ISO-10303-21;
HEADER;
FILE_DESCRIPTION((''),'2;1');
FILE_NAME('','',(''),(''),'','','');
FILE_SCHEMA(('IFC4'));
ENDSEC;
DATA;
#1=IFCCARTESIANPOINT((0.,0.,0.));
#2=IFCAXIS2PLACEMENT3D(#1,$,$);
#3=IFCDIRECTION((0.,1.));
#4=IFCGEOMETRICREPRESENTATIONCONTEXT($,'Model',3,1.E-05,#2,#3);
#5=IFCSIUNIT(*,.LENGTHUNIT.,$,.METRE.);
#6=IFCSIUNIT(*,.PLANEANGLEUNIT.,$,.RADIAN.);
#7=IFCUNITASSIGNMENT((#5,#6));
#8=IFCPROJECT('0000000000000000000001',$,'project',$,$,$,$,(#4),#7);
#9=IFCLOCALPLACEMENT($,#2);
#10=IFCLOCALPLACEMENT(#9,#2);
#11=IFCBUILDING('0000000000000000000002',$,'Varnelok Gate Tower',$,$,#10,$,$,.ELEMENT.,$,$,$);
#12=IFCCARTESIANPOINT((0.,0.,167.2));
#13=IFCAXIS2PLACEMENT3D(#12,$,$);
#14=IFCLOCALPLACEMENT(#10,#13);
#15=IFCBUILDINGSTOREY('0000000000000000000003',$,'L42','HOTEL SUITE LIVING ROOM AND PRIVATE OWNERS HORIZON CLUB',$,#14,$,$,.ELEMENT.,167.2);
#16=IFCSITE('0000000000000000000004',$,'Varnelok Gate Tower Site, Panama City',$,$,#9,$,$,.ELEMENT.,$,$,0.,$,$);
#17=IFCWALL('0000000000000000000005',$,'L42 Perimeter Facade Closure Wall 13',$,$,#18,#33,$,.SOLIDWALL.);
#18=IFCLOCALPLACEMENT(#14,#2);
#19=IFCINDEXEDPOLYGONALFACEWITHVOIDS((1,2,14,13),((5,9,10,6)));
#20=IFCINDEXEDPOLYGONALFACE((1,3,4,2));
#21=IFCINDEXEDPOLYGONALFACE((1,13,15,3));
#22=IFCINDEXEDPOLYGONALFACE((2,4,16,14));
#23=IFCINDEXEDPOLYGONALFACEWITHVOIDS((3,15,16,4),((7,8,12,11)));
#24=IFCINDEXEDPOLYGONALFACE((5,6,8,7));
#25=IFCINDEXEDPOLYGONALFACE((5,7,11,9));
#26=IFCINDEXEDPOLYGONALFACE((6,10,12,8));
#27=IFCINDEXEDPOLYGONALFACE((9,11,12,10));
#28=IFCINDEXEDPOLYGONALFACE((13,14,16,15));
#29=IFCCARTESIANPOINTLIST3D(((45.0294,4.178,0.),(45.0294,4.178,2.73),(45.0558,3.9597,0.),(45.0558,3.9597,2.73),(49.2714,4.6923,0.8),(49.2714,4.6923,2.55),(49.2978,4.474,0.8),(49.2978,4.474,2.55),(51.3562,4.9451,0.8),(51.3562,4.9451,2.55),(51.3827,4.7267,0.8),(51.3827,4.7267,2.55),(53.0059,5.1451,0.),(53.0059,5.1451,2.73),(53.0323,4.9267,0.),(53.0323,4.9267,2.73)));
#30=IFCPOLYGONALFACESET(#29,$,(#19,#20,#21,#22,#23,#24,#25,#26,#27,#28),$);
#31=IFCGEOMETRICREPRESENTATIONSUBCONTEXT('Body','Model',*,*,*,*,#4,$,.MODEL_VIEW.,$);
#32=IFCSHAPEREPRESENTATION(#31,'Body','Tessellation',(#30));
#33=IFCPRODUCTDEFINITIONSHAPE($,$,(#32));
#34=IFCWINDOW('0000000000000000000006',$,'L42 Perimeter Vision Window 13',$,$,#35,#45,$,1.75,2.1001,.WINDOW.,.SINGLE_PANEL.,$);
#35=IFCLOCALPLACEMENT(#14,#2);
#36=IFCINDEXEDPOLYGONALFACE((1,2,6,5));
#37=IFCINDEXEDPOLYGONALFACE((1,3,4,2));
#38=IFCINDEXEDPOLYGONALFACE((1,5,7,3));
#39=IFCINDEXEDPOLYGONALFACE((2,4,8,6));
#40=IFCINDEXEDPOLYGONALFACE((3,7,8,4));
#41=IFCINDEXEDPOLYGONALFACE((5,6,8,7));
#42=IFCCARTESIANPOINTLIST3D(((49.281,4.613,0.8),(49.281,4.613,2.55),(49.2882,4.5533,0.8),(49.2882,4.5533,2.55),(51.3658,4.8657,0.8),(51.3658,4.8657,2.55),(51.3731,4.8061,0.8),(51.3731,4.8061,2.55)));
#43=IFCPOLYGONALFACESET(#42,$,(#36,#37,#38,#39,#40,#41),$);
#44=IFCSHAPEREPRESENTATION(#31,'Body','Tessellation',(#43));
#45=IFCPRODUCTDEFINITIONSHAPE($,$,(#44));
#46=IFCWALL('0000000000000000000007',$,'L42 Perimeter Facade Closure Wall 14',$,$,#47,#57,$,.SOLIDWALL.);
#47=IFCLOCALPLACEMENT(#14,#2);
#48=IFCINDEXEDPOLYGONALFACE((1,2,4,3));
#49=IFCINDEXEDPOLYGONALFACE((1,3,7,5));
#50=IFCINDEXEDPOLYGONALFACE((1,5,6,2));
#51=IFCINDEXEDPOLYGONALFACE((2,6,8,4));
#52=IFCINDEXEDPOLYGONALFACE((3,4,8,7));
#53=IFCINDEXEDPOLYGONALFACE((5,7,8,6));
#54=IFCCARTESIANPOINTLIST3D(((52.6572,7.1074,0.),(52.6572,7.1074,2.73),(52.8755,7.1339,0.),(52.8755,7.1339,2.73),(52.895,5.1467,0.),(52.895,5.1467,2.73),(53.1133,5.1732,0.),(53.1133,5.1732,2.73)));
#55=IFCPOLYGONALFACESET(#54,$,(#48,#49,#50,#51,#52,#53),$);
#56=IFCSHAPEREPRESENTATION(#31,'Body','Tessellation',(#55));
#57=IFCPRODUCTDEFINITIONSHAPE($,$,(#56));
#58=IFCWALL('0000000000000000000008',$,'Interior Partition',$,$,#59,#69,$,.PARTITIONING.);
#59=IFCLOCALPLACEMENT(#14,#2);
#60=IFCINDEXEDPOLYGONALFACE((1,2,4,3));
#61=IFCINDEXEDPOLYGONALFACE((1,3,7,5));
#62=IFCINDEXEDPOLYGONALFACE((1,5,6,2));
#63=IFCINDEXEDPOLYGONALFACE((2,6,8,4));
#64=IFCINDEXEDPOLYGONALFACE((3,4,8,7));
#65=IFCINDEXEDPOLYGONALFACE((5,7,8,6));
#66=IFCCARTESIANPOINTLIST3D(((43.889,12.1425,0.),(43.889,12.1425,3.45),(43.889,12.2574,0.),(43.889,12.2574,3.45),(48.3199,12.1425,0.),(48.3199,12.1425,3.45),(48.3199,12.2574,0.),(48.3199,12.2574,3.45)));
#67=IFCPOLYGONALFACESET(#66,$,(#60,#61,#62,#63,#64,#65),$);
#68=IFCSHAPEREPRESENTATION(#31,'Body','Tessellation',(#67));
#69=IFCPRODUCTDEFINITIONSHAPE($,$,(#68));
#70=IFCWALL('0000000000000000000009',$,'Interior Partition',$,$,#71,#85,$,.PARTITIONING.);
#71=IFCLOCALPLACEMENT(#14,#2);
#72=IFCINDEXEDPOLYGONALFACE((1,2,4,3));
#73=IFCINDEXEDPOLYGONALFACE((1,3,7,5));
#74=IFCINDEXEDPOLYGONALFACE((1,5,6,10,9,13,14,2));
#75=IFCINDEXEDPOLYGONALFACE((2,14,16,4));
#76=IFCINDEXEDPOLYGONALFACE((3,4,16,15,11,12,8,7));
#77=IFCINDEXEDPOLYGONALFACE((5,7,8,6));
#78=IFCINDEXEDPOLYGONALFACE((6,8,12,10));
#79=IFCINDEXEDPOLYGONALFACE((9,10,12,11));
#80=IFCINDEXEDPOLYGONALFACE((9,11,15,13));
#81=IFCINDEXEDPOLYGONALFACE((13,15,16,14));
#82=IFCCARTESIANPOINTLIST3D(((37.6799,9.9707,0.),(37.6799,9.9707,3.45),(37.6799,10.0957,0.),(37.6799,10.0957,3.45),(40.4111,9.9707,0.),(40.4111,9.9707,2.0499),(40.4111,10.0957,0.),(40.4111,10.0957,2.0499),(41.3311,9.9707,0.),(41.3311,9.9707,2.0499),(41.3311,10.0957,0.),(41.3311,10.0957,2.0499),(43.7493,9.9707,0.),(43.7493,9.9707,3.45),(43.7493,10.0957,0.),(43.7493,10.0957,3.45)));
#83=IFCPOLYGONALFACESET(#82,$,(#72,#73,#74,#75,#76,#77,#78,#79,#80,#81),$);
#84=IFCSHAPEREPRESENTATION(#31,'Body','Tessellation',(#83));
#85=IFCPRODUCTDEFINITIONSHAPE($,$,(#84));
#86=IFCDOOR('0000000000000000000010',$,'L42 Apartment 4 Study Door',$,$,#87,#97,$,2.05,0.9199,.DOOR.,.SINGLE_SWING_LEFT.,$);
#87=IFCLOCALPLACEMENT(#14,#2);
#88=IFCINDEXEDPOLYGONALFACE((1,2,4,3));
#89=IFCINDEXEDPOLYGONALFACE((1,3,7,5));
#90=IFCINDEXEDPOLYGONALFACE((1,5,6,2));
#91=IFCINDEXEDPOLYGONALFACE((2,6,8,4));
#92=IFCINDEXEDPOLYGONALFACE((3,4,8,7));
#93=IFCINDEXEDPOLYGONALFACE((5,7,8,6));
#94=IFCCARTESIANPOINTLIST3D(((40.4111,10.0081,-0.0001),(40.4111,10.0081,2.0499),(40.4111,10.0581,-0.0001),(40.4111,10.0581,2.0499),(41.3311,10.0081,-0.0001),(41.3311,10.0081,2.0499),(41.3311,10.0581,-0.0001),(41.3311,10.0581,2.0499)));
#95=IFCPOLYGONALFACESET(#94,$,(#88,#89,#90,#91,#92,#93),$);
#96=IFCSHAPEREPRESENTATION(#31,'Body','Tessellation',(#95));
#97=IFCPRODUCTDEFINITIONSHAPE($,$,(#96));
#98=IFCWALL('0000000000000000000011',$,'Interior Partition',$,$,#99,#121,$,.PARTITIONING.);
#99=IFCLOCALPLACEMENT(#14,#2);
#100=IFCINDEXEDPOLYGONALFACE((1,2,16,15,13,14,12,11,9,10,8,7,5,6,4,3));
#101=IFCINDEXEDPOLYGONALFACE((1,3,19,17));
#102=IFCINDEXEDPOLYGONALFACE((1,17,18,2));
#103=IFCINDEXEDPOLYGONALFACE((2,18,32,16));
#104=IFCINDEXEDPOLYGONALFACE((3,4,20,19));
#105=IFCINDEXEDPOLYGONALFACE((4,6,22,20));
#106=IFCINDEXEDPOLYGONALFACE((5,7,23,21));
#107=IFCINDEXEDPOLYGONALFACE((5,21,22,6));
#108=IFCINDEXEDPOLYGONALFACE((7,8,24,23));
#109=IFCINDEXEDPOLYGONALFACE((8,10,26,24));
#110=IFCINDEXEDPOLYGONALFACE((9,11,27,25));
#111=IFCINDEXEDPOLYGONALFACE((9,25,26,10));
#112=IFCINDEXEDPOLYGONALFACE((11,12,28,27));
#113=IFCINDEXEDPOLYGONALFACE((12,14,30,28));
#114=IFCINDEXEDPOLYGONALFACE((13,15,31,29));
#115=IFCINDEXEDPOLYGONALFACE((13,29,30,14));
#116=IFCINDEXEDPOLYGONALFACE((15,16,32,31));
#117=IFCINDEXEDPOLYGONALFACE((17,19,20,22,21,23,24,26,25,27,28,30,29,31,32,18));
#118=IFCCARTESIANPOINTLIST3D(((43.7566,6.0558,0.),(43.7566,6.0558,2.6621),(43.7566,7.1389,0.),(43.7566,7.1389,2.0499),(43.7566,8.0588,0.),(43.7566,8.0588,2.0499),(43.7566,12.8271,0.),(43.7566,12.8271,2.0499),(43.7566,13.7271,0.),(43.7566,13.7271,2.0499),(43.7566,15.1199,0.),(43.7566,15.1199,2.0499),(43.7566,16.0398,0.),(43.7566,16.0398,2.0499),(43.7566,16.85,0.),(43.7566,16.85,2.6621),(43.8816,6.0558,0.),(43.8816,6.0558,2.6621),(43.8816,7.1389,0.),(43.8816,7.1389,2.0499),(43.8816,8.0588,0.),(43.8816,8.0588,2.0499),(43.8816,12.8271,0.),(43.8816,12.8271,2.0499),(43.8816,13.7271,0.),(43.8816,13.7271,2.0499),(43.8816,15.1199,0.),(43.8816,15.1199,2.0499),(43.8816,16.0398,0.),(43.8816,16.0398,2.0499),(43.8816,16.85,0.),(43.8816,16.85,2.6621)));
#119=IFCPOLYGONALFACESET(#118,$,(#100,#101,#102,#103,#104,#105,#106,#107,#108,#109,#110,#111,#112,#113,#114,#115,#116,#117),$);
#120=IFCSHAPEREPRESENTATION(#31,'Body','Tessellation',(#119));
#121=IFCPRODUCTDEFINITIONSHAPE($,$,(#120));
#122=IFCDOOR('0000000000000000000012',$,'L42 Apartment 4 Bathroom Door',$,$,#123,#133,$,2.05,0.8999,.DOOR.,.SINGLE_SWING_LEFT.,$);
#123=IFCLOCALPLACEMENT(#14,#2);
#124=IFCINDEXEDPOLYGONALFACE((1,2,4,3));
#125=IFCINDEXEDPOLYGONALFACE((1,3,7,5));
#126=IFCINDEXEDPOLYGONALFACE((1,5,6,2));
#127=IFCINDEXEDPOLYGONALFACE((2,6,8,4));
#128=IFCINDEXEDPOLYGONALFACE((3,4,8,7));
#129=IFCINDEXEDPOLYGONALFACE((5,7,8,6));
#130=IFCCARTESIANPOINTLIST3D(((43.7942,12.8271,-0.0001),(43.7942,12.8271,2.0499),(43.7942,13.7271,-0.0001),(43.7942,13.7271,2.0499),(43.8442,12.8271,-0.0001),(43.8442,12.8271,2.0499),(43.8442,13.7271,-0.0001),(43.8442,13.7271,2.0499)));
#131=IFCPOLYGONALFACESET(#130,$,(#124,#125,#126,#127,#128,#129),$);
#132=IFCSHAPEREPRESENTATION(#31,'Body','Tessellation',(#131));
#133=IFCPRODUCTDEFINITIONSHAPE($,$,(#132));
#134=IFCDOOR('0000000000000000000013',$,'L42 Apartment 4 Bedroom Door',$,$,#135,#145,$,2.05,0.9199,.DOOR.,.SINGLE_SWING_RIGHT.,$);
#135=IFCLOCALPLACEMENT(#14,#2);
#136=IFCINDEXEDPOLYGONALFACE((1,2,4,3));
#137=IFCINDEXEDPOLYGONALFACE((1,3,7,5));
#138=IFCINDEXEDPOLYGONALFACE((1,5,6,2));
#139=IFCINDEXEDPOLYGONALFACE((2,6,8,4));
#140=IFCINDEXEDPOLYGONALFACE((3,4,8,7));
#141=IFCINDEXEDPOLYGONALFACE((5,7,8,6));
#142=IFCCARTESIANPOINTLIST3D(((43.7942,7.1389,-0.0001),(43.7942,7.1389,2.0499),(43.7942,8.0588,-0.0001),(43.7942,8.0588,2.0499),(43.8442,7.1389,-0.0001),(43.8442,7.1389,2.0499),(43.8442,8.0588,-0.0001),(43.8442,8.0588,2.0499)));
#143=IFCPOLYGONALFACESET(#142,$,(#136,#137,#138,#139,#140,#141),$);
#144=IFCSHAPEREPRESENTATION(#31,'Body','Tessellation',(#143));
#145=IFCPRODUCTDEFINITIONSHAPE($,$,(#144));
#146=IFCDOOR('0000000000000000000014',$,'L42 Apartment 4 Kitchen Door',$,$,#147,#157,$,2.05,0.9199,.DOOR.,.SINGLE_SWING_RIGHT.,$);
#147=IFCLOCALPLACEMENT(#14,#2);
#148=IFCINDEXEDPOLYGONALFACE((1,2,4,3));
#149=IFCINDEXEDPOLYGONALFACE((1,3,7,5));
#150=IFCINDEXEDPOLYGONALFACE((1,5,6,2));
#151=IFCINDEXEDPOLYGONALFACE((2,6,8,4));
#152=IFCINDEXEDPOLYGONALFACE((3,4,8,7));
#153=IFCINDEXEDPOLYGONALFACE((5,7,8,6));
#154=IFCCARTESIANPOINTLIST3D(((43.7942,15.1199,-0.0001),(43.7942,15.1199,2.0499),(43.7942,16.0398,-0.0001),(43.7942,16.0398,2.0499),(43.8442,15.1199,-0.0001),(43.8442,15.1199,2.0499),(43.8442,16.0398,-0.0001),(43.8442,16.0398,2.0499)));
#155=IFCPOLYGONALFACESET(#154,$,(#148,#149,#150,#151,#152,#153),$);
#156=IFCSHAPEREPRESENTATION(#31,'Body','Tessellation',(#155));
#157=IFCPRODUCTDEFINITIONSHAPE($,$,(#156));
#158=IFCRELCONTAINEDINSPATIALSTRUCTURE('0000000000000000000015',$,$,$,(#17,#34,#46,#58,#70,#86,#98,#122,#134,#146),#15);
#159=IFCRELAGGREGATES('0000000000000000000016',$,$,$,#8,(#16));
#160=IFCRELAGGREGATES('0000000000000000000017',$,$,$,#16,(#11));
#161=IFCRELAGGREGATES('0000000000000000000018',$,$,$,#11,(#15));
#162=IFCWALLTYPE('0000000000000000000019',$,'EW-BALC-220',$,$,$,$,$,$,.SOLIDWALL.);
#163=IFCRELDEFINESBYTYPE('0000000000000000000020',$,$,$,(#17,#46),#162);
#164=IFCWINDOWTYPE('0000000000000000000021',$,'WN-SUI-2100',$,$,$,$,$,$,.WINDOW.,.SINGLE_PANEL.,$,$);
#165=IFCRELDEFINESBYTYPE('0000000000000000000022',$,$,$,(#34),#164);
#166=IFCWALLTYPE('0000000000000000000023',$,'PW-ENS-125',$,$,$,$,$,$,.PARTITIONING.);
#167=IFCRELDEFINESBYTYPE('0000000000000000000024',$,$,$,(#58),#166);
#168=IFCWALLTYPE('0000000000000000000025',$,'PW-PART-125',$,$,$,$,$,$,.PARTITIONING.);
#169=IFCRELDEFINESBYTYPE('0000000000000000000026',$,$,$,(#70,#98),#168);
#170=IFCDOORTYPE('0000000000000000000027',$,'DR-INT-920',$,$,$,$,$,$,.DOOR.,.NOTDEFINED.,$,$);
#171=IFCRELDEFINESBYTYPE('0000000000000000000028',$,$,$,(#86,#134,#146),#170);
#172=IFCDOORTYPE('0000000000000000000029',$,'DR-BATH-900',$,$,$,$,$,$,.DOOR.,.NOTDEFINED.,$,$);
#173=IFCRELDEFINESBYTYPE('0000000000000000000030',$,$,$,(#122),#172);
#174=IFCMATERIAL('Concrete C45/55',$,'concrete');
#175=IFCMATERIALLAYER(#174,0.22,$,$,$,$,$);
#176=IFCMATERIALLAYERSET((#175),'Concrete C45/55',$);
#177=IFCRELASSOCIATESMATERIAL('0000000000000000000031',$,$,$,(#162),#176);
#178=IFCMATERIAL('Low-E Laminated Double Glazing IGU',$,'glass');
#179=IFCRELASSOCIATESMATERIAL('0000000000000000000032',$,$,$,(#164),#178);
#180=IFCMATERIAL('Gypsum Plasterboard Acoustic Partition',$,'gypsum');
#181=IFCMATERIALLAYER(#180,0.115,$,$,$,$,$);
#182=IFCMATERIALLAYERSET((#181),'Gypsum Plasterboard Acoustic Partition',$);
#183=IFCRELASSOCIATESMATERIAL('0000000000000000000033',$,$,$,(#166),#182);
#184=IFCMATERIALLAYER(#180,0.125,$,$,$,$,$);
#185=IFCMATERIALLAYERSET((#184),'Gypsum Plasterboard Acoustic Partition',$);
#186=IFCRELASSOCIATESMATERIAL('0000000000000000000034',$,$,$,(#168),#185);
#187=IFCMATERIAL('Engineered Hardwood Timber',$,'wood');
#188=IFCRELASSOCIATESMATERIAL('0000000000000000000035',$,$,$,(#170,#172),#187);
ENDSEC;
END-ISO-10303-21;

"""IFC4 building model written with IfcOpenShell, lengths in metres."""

from ifc_helpers import new_model, si_unit, direction, frame, frame_2d, origin, place, context, subcontext, project, spatial, rectangle, extrude, material, layer, layer_set, type_object, element, fill, save


model = new_model("IFC4")

# Units and contexts
model_context = context("Model", 3, precision=1e-05, world=origin(), true_north=direction((0.0, 1.0)))
body_context = subcontext(model_context, "Body", "Model", "MODEL_VIEW")
ifc_project = project(units=[si_unit("LENGTHUNIT", "METRE"), si_unit("PLANEANGLEUNIT", "RADIAN")], contexts=[model_context])

# Site, building, storey
site_placement = place(None, origin())
site = spatial("IfcSite", under=ifc_project, at=site_placement, Name="Varnelok Gate Tower Site, Panama City", CompositionType="ELEMENT", RefElevation=0.0)
building_placement = place(site_placement, origin())
building = spatial("IfcBuilding", under=site, at=building_placement, Name="Varnelok Gate Tower", CompositionType="ELEMENT")
storey_placement = place(building_placement, frame((0.0, 0.0, 167.2)))
storey = spatial("IfcBuildingStorey", under=building, at=storey_placement, Name="L42", Description="HOTEL SUITE LIVING ROOM AND PRIVATE OWNERS HORIZON CLUB", CompositionType="ELEMENT", Elevation=167.2)

# Shared definitions
ifc_material_1 = material(Name="Concrete C45/55", Category="concrete")
ifc_layer_1 = layer(ifc_material_1, 0.22)
ifc_layer_set_1 = layer_set([ifc_layer_1], Name="Concrete C45/55")
wall_type_1 = type_object("IfcWallType", Name="EW-BALC-220", PredefinedType="SOLIDWALL", material=ifc_layer_set_1)

# Wall, opening, window
ifc_material_2 = material(Name="Low-E Laminated Double Glazing IGU", Category="glass")
wall_1_placement = place(storey_placement, frame((45.0425, 4.0688, 0.0), z_axis=(0.0, 0.0, 1.0), x_axis=(0.992731, 0.120354, 0.0)))
wall_1 = element("IfcWall", 1, at=wall_1_placement, inside=storey, type_object=wall_type_1, Name="L42 Perimeter Facade Closure Wall 13", PredefinedType="SOLIDWALL", context=body_context, shape_type="SweptSolid", body=[
    extrude(rectangle(XDim=8.0349, YDim=0.22, at=frame_2d((4.0176, 0.0))), origin(), (0.0, 0.0, 1.0), 2.73),
])
opening_1_placement = place(wall_1_placement, frame((4.2732, 0.0, 0.8)))
opening_1 = element("IfcOpeningElement", 2, at=opening_1_placement, cuts=wall_1, PredefinedType="OPENING", context=body_context, shape_type="SweptSolid", body=[
    extrude(rectangle(XDim=2.1001, YDim=1.75, at=frame_2d((1.05, 0.875))), frame((0.0, 0.1199, 0.0), z_axis=(0.0, -1.0, 0.0), x_axis=(1.0, 0.0, 0.0)), (0.0, 0.0, 1.0), 0.24),
])
window_type_1 = type_object("IfcWindowType", Name="WN-SUI-2100", PartitioningType="SINGLE_PANEL", PredefinedType="WINDOW", material=ifc_material_2)
window_1_placement = place(opening_1_placement, origin())
window_1 = element("IfcWindow", 3, at=window_1_placement, inside=storey, type_object=window_type_1, Name="L42 Perimeter Vision Window 13", OverallHeight=1.75, OverallWidth=2.1001, PartitioningType="SINGLE_PANEL", PredefinedType="WINDOW", context=body_context, shape_type="SweptSolid", body=[
    extrude(rectangle(XDim=2.1001, YDim=1.75, at=frame_2d((1.05, 0.875))), frame((0.0, 0.03, 0.0), z_axis=(0.0, -1.0, 0.0), x_axis=(1.0, 0.0, 0.0)), (0.0, 0.0, 1.0), 0.0601),
])
fill(opening_1, window_1)

# Walls
wall_2_placement = place(storey_placement, frame((53.0042, 5.1599, 0.0), z_axis=(0.0, 0.0, 1.0), x_axis=(-0.120398, 0.992726, 0.0)))
element("IfcWall", 4, at=wall_2_placement, inside=storey, type_object=wall_type_1, Name="L42 Perimeter Facade Closure Wall 14", PredefinedType="SOLIDWALL", context=body_context, shape_type="SweptSolid", body=[
    extrude(rectangle(XDim=1.9751, YDim=0.22, at=frame_2d((0.9875, 0.0))), origin(), (0.0, 0.0, 1.0), 2.73),
])
ifc_material_3 = material(Name="Gypsum Plasterboard Acoustic Partition", Category="gypsum")
ifc_layer_2 = layer(ifc_material_3, 0.115)
ifc_layer_set_2 = layer_set([ifc_layer_2], Name="Gypsum Plasterboard Acoustic Partition")
wall_type_2 = type_object("IfcWallType", Name="PW-ENS-125", PredefinedType="PARTITIONING", material=ifc_layer_set_2)
wall_3_placement = place(storey_placement, frame((43.8892, 12.2, 0.0), z_axis=(0.0, 0.0, 1.0), x_axis=(1.0, 0.0, 0.0)))
element("IfcWall", 5, at=wall_3_placement, inside=storey, type_object=wall_type_2, Name="Interior Partition", PredefinedType="PARTITIONING", context=body_context, shape_type="SweptSolid", body=[
    extrude(rectangle(XDim=4.4309, YDim=0.115, at=frame_2d((2.2153, 0.0))), origin(), (0.0, 0.0, 1.0), 3.45),
])

# Wall, opening, door
ifc_layer_3 = layer(ifc_material_3, 0.125)
ifc_layer_set_3 = layer_set([ifc_layer_3], Name="Gypsum Plasterboard Acoustic Partition")
wall_type_3 = type_object("IfcWallType", Name="PW-PART-125", PredefinedType="PARTITIONING", material=ifc_layer_set_3)
wall_4_placement = place(storey_placement, frame((37.6799, 10.0332, 0.0), z_axis=(0.0, 0.0, 1.0), x_axis=(1.0, 0.0, 0.0)))
wall_4 = element("IfcWall", 6, at=wall_4_placement, inside=storey, type_object=wall_type_3, Name="Interior Partition", PredefinedType="PARTITIONING", context=body_context, shape_type="SweptSolid", body=[
    extrude(rectangle(XDim=6.0693, YDim=0.125, at=frame_2d((3.0347, 0.0))), origin(), (0.0, 0.0, 1.0), 3.45),
])
opening_2_placement = place(wall_4_placement, frame((2.7312, 0.0, 0.0)))
opening_2 = element("IfcOpeningElement", 7, at=opening_2_placement, cuts=wall_4, PredefinedType="OPENING", context=body_context, shape_type="SweptSolid", body=[
    extrude(rectangle(XDim=0.9199, YDim=2.05, at=frame_2d((0.46, 1.0249))), frame((0.0, 0.0725, 0.0), z_axis=(0.0, -1.0, 0.0), x_axis=(1.0, 0.0, 0.0)), (0.0, 0.0, 1.0), 0.145),
])
ifc_material_4 = material(Name="Engineered Hardwood Timber", Category="wood")
door_type_1 = type_object("IfcDoorType", Name="DR-INT-920", OperationType="NOTDEFINED", PredefinedType="DOOR", material=ifc_material_4)
door_1_placement = place(opening_2_placement, origin())
door_1 = element("IfcDoor", 8, at=door_1_placement, inside=storey, type_object=door_type_1, Name="L42 Apartment 4 Study Door", OperationType="SINGLE_SWING_LEFT", OverallHeight=2.05, OverallWidth=0.9199, PredefinedType="DOOR", context=body_context, shape_type="SweptSolid", body=[
    extrude(rectangle(XDim=0.9199, YDim=2.05, at=frame_2d((0.46, 1.0249))), frame((0.0, 0.0249, 0.0), z_axis=(0.0, -1.0, 0.0), x_axis=(1.0, 0.0, 0.0)), (0.0, 0.0, 1.0), 0.05),
])
fill(opening_2, door_1)

# Wall, openings, doors
wall_5_placement = place(storey_placement, frame((43.8191, 6.0559, 0.0), z_axis=(0.0, 0.0, 1.0), x_axis=(0.0, 1.0, 0.0)))
wall_5 = element("IfcWall", 9, at=wall_5_placement, inside=storey, type_object=wall_type_3, Name="Interior Partition", PredefinedType="PARTITIONING", context=body_context, shape_type="SweptSolid", body=[
    extrude(rectangle(XDim=10.7942, YDim=0.125, at=frame_2d((5.397, 0.0))), origin(), (0.0, 0.0, 1.0), 2.6621),
])
opening_3_placement = place(wall_5_placement, frame((1.083, 0.0, 0.0)))
opening_3 = element("IfcOpeningElement", 10, at=opening_3_placement, cuts=wall_5, PredefinedType="OPENING", context=body_context, shape_type="SweptSolid", body=[
    extrude(rectangle(XDim=0.9199, YDim=2.05, at=frame_2d((0.46, 1.0249))), frame((0.0, 0.0725, 0.0), z_axis=(0.0, -1.0, 0.0), x_axis=(1.0, 0.0, 0.0)), (0.0, 0.0, 1.0), 0.145),
])
opening_4_placement = place(wall_5_placement, frame((6.7712, 0.0, 0.0)))
opening_4 = element("IfcOpeningElement", 11, at=opening_4_placement, cuts=wall_5, PredefinedType="OPENING", context=body_context, shape_type="SweptSolid", body=[
    extrude(rectangle(XDim=0.8999, YDim=2.05, at=frame_2d((0.45, 1.0249))), frame((0.0, 0.0725, 0.0), z_axis=(0.0, -1.0, 0.0), x_axis=(1.0, 0.0, 0.0)), (0.0, 0.0, 1.0), 0.145),
])
opening_5_placement = place(wall_5_placement, frame((9.064, 0.0, 0.0)))
opening_5 = element("IfcOpeningElement", 12, at=opening_5_placement, cuts=wall_5, PredefinedType="OPENING", context=body_context, shape_type="SweptSolid", body=[
    extrude(rectangle(XDim=0.9199, YDim=2.05, at=frame_2d((0.46, 1.0249))), frame((0.0, 0.0725, 0.0), z_axis=(0.0, -1.0, 0.0), x_axis=(1.0, 0.0, 0.0)), (0.0, 0.0, 1.0), 0.145),
])
door_type_2 = type_object("IfcDoorType", Name="DR-BATH-900", OperationType="NOTDEFINED", PredefinedType="DOOR", material=ifc_material_4)
door_2_placement = place(opening_4_placement, origin())
door_2 = element("IfcDoor", 13, at=door_2_placement, inside=storey, type_object=door_type_2, Name="L42 Apartment 4 Bathroom Door", OperationType="SINGLE_SWING_LEFT", OverallHeight=2.05, OverallWidth=0.8999, PredefinedType="DOOR", context=body_context, shape_type="SweptSolid", body=[
    extrude(rectangle(XDim=0.8999, YDim=2.05, at=frame_2d((0.45, 1.0249))), frame((0.0, 0.0249, 0.0), z_axis=(0.0, -1.0, 0.0), x_axis=(1.0, 0.0, 0.0)), (0.0, 0.0, 1.0), 0.05),
])
fill(opening_4, door_2)
door_3_placement = place(opening_3_placement, origin())
door_3 = element("IfcDoor", 14, at=door_3_placement, inside=storey, type_object=door_type_1, Name="L42 Apartment 4 Bedroom Door", OperationType="SINGLE_SWING_RIGHT", OverallHeight=2.05, OverallWidth=0.9199, PredefinedType="DOOR", context=body_context, shape_type="SweptSolid", body=[
    extrude(rectangle(XDim=0.9199, YDim=2.05, at=frame_2d((0.46, 1.0249))), frame((0.0, 0.0249, 0.0), z_axis=(0.0, -1.0, 0.0), x_axis=(1.0, 0.0, 0.0)), (0.0, 0.0, 1.0), 0.05),
])
fill(opening_3, door_3)
door_4_placement = place(opening_5_placement, origin())
door_4 = element("IfcDoor", 15, at=door_4_placement, inside=storey, type_object=door_type_1, Name="L42 Apartment 4 Kitchen Door", OperationType="SINGLE_SWING_RIGHT", OverallHeight=2.05, OverallWidth=0.9199, PredefinedType="DOOR", context=body_context, shape_type="SweptSolid", body=[
    extrude(rectangle(XDim=0.9199, YDim=2.05, at=frame_2d((0.46, 1.0249))), frame((0.0, 0.0249, 0.0), z_axis=(0.0, -1.0, 0.0), x_axis=(1.0, 0.0, 0.0)), (0.0, 0.0, 1.0), 0.05),
])
fill(opening_5, door_4)

save(model, "model.ifc")
